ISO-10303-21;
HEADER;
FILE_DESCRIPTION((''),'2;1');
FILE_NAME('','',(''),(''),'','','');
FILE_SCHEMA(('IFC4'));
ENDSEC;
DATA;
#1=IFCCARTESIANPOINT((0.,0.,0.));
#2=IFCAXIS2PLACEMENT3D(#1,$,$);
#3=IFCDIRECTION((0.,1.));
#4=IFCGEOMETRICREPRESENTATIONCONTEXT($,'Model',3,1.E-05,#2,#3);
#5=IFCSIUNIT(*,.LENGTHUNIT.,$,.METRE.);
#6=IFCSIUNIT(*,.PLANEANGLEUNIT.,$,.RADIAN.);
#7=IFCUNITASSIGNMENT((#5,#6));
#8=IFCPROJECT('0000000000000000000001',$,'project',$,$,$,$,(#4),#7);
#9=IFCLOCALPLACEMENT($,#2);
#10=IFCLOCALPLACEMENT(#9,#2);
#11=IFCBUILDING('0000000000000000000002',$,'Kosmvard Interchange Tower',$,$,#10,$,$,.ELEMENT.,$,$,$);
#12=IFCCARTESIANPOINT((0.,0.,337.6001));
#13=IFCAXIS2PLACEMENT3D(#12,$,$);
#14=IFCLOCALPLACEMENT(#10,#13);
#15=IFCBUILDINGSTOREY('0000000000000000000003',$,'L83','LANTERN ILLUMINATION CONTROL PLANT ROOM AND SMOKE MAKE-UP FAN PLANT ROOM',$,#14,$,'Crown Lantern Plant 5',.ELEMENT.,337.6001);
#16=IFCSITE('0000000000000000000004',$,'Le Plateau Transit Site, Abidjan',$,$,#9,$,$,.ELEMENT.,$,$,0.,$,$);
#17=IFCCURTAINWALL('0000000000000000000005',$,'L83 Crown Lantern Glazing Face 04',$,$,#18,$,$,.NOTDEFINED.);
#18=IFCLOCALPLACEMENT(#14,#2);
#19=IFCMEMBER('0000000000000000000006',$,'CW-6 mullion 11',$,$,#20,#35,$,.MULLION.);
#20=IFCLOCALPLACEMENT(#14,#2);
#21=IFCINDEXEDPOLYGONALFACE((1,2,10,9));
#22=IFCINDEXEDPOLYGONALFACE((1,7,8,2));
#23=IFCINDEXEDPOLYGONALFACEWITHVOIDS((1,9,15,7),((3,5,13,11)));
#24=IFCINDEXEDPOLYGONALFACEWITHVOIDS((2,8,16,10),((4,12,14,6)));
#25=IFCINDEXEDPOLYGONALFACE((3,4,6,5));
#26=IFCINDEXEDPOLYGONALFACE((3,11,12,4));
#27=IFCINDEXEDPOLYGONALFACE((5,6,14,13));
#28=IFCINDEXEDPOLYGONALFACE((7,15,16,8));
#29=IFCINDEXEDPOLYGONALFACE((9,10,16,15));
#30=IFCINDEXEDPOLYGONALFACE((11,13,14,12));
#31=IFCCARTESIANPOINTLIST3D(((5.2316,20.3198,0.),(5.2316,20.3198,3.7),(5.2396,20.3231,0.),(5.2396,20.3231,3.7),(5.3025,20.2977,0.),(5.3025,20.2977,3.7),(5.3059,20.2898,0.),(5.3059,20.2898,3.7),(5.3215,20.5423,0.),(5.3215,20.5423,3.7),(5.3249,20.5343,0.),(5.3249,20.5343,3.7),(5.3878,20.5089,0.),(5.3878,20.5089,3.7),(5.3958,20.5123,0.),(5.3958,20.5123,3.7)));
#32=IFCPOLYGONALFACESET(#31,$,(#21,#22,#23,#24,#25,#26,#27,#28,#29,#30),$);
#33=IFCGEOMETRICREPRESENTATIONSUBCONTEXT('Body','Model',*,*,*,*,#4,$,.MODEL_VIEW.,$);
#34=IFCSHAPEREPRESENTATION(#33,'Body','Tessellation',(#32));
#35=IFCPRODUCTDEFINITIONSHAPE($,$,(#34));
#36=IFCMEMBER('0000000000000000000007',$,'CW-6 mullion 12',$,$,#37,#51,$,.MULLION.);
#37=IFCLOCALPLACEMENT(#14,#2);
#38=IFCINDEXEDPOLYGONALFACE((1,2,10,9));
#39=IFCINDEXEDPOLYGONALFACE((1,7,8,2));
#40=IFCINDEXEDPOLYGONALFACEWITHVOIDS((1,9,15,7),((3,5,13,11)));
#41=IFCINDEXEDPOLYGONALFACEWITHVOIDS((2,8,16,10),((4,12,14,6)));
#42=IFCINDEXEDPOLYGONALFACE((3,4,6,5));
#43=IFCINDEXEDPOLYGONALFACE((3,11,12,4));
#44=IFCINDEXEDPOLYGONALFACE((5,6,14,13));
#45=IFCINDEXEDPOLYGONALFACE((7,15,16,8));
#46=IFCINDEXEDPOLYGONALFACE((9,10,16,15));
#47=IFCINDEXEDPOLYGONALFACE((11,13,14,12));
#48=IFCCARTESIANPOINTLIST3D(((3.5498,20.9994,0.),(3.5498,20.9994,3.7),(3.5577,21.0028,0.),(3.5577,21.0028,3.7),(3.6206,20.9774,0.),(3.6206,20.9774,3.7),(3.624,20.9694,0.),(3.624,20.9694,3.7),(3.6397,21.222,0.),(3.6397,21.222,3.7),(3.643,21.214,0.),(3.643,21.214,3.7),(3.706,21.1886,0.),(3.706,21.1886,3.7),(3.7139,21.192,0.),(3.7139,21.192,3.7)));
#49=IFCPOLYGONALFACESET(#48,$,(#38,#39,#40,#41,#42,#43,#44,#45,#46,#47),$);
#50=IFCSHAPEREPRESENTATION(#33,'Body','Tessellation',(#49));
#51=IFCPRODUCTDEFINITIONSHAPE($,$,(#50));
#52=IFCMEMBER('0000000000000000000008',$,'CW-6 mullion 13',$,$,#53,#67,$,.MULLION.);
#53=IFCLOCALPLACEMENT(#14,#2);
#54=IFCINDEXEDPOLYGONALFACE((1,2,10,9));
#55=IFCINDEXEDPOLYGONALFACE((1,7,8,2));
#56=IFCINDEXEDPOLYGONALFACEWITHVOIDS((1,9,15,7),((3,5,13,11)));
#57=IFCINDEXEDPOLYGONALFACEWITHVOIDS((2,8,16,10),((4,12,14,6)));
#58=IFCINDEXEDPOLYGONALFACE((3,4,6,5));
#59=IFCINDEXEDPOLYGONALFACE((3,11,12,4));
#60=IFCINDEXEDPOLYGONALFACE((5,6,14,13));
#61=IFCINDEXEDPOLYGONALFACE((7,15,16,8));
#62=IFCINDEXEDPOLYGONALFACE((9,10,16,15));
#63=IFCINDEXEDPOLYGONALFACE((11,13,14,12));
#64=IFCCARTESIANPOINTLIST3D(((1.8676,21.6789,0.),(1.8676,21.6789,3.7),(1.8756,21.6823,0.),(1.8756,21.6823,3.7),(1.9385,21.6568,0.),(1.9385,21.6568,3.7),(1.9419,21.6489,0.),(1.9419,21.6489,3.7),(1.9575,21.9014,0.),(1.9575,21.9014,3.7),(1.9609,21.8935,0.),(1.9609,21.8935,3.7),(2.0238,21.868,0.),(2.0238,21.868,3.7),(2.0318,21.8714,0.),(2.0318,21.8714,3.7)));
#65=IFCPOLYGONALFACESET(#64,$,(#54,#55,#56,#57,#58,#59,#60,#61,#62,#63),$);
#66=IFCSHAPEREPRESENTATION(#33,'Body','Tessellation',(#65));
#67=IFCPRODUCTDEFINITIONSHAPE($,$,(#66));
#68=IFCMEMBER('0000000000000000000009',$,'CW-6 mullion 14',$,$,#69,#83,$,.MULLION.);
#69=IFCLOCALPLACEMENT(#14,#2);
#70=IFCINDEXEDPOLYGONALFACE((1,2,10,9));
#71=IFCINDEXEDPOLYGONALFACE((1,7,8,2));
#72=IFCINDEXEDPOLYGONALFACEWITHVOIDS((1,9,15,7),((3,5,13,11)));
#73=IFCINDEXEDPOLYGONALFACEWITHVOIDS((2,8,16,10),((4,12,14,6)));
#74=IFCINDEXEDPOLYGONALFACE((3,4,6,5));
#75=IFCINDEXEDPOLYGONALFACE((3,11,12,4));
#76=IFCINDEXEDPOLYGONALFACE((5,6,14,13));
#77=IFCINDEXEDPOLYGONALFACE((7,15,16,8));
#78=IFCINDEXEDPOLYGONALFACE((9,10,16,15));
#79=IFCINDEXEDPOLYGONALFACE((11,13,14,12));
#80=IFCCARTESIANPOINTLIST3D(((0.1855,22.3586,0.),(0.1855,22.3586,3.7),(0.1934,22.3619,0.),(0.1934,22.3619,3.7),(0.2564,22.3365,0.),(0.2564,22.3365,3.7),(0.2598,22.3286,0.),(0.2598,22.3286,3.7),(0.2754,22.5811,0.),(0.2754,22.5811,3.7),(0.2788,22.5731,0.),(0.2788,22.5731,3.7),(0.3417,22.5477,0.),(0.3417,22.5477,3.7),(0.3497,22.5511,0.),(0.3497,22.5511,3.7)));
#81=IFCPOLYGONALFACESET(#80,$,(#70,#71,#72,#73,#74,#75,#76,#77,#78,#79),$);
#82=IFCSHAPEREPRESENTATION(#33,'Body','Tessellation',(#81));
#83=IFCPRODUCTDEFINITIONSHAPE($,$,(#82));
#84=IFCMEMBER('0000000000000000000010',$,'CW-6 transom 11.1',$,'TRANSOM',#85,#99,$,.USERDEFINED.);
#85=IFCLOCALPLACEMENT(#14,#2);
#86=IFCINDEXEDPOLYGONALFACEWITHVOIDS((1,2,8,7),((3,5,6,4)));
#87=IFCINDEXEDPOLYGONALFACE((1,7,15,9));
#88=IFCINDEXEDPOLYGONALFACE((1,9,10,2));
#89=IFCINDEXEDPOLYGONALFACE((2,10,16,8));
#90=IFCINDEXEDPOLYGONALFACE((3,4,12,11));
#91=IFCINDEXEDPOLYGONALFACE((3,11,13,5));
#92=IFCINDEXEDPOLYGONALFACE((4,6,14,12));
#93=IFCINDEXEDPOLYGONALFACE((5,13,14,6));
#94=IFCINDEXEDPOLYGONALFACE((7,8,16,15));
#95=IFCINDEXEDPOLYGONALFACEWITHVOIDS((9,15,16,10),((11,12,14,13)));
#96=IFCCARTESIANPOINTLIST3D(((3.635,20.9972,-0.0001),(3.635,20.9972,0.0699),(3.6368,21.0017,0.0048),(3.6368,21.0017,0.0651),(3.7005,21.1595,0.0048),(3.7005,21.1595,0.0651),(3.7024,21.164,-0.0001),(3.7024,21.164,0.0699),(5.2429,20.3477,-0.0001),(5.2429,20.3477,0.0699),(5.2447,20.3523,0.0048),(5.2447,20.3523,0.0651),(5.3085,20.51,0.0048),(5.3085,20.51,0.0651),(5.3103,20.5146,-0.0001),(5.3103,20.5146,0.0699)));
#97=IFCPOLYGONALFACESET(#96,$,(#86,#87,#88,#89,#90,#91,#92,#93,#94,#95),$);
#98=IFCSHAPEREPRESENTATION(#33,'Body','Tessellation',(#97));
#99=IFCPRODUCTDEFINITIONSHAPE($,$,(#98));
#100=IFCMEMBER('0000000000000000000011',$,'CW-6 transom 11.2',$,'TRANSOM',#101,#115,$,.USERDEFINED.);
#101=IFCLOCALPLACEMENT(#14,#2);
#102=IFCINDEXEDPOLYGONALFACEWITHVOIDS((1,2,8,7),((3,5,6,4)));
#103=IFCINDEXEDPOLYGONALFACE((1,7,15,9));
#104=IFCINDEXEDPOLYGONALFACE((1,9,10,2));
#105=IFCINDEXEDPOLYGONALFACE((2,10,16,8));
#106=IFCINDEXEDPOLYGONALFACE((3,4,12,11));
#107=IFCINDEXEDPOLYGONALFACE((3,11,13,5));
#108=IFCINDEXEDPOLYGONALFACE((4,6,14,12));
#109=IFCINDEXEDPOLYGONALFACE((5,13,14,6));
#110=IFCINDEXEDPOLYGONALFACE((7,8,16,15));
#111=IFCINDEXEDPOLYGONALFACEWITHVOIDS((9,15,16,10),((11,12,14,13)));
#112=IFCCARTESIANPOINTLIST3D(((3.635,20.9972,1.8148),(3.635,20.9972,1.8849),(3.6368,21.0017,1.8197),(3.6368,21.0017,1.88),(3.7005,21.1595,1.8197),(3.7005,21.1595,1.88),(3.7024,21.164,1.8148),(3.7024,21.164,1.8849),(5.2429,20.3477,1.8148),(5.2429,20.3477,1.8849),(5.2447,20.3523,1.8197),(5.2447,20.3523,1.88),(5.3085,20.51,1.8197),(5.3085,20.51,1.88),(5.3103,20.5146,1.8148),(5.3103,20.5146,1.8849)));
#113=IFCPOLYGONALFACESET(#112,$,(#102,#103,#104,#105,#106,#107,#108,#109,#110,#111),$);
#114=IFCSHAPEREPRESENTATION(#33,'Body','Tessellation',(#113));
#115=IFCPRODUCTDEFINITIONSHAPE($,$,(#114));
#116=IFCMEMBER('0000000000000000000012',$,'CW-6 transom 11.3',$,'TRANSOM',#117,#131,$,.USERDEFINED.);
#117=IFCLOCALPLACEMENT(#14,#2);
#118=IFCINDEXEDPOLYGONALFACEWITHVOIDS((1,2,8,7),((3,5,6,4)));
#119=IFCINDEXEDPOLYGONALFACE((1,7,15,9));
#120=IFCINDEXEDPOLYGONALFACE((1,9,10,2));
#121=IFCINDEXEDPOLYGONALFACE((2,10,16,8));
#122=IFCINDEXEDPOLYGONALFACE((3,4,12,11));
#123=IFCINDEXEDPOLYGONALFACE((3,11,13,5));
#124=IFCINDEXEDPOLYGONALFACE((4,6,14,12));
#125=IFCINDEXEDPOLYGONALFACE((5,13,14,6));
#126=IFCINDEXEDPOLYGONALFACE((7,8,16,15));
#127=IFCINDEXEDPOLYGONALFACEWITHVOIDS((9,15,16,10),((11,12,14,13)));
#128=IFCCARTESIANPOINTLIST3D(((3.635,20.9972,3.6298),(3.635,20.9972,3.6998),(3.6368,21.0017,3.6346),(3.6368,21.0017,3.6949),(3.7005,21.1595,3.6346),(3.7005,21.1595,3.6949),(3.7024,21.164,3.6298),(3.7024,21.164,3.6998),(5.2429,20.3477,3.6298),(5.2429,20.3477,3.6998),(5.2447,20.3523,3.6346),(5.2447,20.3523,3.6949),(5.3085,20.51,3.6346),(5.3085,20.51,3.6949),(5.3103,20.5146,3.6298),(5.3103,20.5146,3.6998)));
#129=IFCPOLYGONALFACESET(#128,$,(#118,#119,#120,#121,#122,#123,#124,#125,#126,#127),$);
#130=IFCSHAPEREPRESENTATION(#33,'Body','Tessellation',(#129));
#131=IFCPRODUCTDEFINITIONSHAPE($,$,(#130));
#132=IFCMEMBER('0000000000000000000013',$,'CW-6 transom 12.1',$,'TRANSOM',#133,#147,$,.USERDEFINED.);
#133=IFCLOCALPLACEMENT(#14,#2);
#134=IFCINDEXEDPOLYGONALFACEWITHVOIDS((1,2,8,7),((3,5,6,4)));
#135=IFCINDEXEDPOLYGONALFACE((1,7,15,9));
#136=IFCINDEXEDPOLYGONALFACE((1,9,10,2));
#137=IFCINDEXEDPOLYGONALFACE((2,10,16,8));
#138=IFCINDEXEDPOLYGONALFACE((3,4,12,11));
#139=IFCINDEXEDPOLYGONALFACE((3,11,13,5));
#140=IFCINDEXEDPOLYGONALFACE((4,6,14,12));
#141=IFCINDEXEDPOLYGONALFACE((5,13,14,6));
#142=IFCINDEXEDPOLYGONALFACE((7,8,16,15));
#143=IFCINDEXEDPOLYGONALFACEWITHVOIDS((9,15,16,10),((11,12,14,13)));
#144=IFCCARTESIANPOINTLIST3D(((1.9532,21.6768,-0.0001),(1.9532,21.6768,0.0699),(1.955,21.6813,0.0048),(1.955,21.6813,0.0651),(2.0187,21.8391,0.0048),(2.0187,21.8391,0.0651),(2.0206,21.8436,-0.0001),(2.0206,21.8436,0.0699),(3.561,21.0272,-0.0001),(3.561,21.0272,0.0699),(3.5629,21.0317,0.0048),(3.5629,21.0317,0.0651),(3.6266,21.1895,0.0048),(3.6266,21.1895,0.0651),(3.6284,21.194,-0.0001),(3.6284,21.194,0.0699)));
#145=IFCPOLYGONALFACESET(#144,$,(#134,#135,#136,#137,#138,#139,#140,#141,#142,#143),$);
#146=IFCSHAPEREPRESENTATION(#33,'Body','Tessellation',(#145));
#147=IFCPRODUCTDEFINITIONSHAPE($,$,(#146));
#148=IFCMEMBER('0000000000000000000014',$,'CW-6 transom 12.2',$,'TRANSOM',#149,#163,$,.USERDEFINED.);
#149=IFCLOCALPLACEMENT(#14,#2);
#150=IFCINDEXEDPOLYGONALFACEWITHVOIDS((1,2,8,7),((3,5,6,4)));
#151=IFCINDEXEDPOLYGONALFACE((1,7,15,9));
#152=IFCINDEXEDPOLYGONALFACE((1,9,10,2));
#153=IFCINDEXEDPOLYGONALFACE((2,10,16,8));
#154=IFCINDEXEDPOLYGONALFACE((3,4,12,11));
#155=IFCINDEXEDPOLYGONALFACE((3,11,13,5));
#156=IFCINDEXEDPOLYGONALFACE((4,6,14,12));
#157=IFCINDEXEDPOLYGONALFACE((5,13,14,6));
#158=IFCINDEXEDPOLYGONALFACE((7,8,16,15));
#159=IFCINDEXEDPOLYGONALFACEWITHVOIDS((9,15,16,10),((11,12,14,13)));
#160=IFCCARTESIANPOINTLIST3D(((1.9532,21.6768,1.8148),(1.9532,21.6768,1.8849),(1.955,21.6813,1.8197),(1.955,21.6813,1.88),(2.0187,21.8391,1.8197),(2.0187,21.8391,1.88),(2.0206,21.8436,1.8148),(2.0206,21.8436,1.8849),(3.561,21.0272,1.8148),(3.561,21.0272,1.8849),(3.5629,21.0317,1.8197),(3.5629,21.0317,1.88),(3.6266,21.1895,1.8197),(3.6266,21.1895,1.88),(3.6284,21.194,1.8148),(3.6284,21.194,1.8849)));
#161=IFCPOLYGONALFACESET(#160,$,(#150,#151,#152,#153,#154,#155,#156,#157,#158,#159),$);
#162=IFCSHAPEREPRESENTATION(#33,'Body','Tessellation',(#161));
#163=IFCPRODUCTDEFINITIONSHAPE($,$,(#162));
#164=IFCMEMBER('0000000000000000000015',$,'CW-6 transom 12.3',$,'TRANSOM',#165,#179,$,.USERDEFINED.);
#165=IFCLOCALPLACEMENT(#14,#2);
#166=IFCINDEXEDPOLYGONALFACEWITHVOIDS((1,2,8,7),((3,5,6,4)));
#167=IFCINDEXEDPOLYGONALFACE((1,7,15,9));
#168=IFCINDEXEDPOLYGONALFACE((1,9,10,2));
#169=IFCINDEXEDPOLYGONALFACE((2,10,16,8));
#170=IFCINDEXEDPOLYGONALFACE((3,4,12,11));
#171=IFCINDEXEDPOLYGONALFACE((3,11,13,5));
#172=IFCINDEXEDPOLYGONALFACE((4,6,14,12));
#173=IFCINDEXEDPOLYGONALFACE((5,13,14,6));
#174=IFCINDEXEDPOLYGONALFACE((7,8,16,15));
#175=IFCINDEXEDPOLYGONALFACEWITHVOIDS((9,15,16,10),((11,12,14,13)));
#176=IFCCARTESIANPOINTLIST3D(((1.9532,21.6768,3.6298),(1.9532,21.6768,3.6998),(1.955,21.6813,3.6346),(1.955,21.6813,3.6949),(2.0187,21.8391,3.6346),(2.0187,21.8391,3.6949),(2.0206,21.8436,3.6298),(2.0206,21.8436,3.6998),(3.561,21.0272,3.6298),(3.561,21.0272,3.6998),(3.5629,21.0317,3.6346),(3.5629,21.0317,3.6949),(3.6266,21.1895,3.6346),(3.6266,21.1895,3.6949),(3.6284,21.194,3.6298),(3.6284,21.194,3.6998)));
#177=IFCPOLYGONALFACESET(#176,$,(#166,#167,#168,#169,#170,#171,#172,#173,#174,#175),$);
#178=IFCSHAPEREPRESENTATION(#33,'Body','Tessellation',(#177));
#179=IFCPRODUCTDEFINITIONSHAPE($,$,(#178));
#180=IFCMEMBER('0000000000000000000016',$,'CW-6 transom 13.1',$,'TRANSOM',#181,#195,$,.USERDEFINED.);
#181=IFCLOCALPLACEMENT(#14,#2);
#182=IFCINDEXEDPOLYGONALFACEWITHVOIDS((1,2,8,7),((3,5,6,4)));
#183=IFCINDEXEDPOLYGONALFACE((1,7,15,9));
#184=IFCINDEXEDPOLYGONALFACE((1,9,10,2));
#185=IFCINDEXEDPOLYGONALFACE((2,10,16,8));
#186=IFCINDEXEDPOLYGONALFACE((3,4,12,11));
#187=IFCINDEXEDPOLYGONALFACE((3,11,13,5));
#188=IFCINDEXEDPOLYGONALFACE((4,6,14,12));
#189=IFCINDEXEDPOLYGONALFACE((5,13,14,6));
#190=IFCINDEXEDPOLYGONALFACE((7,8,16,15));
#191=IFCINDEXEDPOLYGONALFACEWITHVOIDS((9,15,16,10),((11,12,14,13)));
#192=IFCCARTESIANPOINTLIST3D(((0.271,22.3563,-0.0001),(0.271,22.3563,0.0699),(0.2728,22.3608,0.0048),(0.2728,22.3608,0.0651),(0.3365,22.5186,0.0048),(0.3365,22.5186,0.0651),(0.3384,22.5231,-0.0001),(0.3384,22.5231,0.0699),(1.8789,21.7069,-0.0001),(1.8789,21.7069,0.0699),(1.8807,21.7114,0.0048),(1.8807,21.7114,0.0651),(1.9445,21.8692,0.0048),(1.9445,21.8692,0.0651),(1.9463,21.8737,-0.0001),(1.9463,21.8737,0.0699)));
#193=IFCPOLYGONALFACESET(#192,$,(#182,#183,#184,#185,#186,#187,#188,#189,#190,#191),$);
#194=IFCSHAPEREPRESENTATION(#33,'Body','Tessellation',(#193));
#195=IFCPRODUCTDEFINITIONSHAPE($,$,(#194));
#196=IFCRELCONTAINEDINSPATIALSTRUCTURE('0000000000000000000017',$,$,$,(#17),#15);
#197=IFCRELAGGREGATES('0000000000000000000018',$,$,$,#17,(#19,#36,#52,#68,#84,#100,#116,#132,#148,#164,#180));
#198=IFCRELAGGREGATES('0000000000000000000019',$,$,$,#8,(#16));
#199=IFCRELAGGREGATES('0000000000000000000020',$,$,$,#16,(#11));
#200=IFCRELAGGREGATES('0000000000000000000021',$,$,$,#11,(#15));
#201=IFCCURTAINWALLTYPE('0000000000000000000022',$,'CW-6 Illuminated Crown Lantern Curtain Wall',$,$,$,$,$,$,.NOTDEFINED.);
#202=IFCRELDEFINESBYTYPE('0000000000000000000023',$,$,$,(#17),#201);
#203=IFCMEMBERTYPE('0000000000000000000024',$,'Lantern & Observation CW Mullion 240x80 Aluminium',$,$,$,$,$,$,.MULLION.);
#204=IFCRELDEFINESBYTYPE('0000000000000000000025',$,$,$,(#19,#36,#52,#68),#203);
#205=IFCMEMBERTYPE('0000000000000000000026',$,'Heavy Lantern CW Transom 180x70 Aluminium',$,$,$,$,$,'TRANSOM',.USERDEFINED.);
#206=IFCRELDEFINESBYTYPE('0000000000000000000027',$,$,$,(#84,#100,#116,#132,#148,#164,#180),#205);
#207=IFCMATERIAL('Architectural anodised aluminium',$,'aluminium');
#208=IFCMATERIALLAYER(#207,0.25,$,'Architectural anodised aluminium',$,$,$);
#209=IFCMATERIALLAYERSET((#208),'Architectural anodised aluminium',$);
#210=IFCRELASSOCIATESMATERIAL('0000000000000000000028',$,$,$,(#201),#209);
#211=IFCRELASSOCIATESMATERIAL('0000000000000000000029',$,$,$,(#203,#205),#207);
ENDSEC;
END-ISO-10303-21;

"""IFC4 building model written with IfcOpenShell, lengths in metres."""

from ifc_helpers import new_model, si_unit, direction, frame, origin, origin_2d, place, context, subcontext, project, spatial, hollow_rectangle, extrude, source, transform, mapped, material, layer, layer_set, material_profile, profile_set, type_object, element, aggregate, save


model = new_model("IFC4")

# Units and contexts
model_context = context("Model", 3, precision=1e-05, world=origin(), true_north=direction((0.0, 1.0)))
body_context = subcontext(model_context, "Body", "Model", "MODEL_VIEW")
ifc_project = project(units=[si_unit("LENGTHUNIT", "METRE"), si_unit("PLANEANGLEUNIT", "RADIAN")], contexts=[model_context])

# Site, building, storey
site_placement = place(None, origin())
site = spatial("IfcSite", under=ifc_project, at=site_placement, Name="Le Plateau Transit Site, Abidjan", CompositionType="ELEMENT", RefElevation=0.0)
building_placement = place(site_placement, origin())
building = spatial("IfcBuilding", under=site, at=building_placement, Name="Kosmvard Interchange Tower", CompositionType="ELEMENT")
storey_placement = place(building_placement, frame((0.0, 0.0, 337.6001)))
storey = spatial("IfcBuildingStorey", under=building, at=storey_placement, Name="L83", Description="LANTERN ILLUMINATION CONTROL PLANT ROOM AND SMOKE MAKE-UP FAN PLANT ROOM", LongName="Crown Lantern Plant 5", CompositionType="ELEMENT", Elevation=337.6001)

# Curtain wall, members
ifc_material_1 = material(Name="Architectural anodised aluminium", Category="aluminium")
ifc_layer_1 = layer(ifc_material_1, 0.25, Name="Architectural anodised aluminium")
ifc_layer_set_1 = layer_set([ifc_layer_1], Name="Architectural anodised aluminium")
curtain_wall_type = type_object("IfcCurtainWallType", Name="CW-6 Illuminated Crown Lantern Curtain Wall", PredefinedType="NOTDEFINED", material=ifc_layer_set_1)
curtain_wall_placement = place(storey_placement, origin())
curtain_wall = element("IfcCurtainWall", 1, at=curtain_wall_placement, inside=storey, type_object=curtain_wall_type, Name="L83 Crown Lantern Glazing Face 04", PredefinedType="NOTDEFINED")
ifc_material_profile_1 = material_profile(ifc_material_1, hollow_rectangle(XDim=0.24, YDim=0.0801, WallThickness=0.0061, at=origin_2d()), Name="CWM 240x80x6")
ifc_profile_set_1 = profile_set([ifc_material_profile_1], Name="Architectural anodised aluminium")
member_type_1 = type_object("IfcMemberType", Name="Lantern & Observation CW Mullion 240x80 Aluminium", PredefinedType="MULLION", material=ifc_profile_set_1)
shared_shape_1 = source(origin(), body_context, "Body", "SweptSolid", [
    extrude(hollow_rectangle(XDim=0.24, YDim=0.0801, WallThickness=0.0061, at=origin_2d()), origin(), (0.0, 0.0, 1.0), 3.7),
])
member_1_placement = place(storey_placement, frame((5.3137, 20.416, 0.0), z_axis=(0.0, 0.0, 1.0), x_axis=(-0.374607, -0.927184, 0.0)))
member_1 = element("IfcMember", 2, at=member_1_placement, type_object=member_type_1, Name="CW-6 mullion 11", PredefinedType="MULLION", context=body_context, shape_type="MappedRepresentation", body=[
    mapped(shared_shape_1, transform((0.0, 0.0, 0.0), scale=1.0)),
])
member_2_placement = place(storey_placement, frame((3.6318, 21.0957, 0.0), z_axis=(0.0, 0.0, 1.0), x_axis=(-0.374607, -0.927184, 0.0)))
member_2 = element("IfcMember", 3, at=member_2_placement, type_object=member_type_1, Name="CW-6 mullion 12", PredefinedType="MULLION", context=body_context, shape_type="MappedRepresentation", body=[
    mapped(shared_shape_1, transform((0.0, 0.0, 0.0), scale=1.0)),
])
member_3_placement = place(storey_placement, frame((1.9497, 21.7751, 0.0), z_axis=(0.0, 0.0, 1.0), x_axis=(-0.374607, -0.927184, 0.0)))
member_3 = element("IfcMember", 4, at=member_3_placement, type_object=member_type_1, Name="CW-6 mullion 13", PredefinedType="MULLION", context=body_context, shape_type="MappedRepresentation", body=[
    mapped(shared_shape_1, transform((0.0, 0.0, 0.0), scale=1.0)),
])
member_4_placement = place(storey_placement, frame((0.2676, 22.4548, 0.0), z_axis=(0.0, 0.0, 1.0), x_axis=(-0.374607, -0.927184, 0.0)))
member_4 = element("IfcMember", 5, at=member_4_placement, type_object=member_type_1, Name="CW-6 mullion 14", PredefinedType="MULLION", context=body_context, shape_type="MappedRepresentation", body=[
    mapped(shared_shape_1, transform((0.0, 0.0, 0.0), scale=1.0)),
])
ifc_material_profile_2 = material_profile(ifc_material_1, hollow_rectangle(XDim=0.1799, YDim=0.0701, WallThickness=0.0049, at=origin_2d()), Name="CWT 180x70x5")
ifc_profile_set_2 = profile_set([ifc_material_profile_2], Name="Architectural anodised aluminium")
member_type_2 = type_object("IfcMemberType", Name="Heavy Lantern CW Transom 180x70 Aluminium", ElementType="TRANSOM", PredefinedType="USERDEFINED", material=ifc_profile_set_2)
shared_shape_2 = source(origin(), body_context, "Body", "SweptSolid", [
    extrude(hollow_rectangle(XDim=0.1799, YDim=0.0701, WallThickness=0.0049, at=origin_2d()), origin(), (0.0, 0.0, 1.0), 1.7341),
])
member_5_placement = place(storey_placement, frame((5.2766, 20.4312, 0.0349), z_axis=(-0.927229, 0.374496, 0.0), x_axis=(-0.374496, -0.927229, 0.0)))
member_5 = element("IfcMember", 6, at=member_5_placement, type_object=member_type_2, Name="CW-6 transom 11.1", ObjectType="TRANSOM", PredefinedType="USERDEFINED", context=body_context, shape_type="MappedRepresentation", body=[
    mapped(shared_shape_2, transform((0.0, 0.0, 0.0), scale=1.0)),
])
member_6_placement = place(storey_placement, frame((5.2766, 20.4312, 1.8499), z_axis=(-0.927229, 0.374496, 0.0), x_axis=(-0.374496, -0.927229, 0.0)))
member_6 = element("IfcMember", 7, at=member_6_placement, type_object=member_type_2, Name="CW-6 transom 11.2", ObjectType="TRANSOM", PredefinedType="USERDEFINED", context=body_context, shape_type="MappedRepresentation", body=[
    mapped(shared_shape_2, transform((0.0, 0.0, 0.0), scale=1.0)),
])
member_7_placement = place(storey_placement, frame((5.2766, 20.4312, 3.6648), z_axis=(-0.927229, 0.374496, 0.0), x_axis=(-0.374496, -0.927229, 0.0)))
member_7 = element("IfcMember", 8, at=member_7_placement, type_object=member_type_2, Name="CW-6 transom 11.3", ObjectType="TRANSOM", PredefinedType="USERDEFINED", context=body_context, shape_type="MappedRepresentation", body=[
    mapped(shared_shape_2, transform((0.0, 0.0, 0.0), scale=1.0)),
])
member_8_placement = place(storey_placement, frame((3.5947, 21.1106, 0.0349), z_axis=(-0.92718, 0.374617, 0.0), x_axis=(-0.374617, -0.92718, 0.0)))
member_8 = element("IfcMember", 9, at=member_8_placement, type_object=member_type_2, Name="CW-6 transom 12.1", ObjectType="TRANSOM", PredefinedType="USERDEFINED", context=body_context, shape_type="MappedRepresentation", body=[
    mapped(shared_shape_2, transform((0.0, 0.0, 0.0), scale=1.0)),
])
member_9_placement = place(storey_placement, frame((3.5947, 21.1106, 1.8499), z_axis=(-0.92718, 0.374617, 0.0), x_axis=(-0.374617, -0.92718, 0.0)))
member_9 = element("IfcMember", 10, at=member_9_placement, type_object=member_type_2, Name="CW-6 transom 12.2", ObjectType="TRANSOM", PredefinedType="USERDEFINED", context=body_context, shape_type="MappedRepresentation", body=[
    mapped(shared_shape_2, transform((0.0, 0.0, 0.0), scale=1.0)),
])
member_10_placement = place(storey_placement, frame((3.5947, 21.1106, 3.6648), z_axis=(-0.92718, 0.374617, 0.0), x_axis=(-0.374617, -0.92718, 0.0)))
member_10 = element("IfcMember", 11, at=member_10_placement, type_object=member_type_2, Name="CW-6 transom 12.3", ObjectType="TRANSOM", PredefinedType="USERDEFINED", context=body_context, shape_type="MappedRepresentation", body=[
    mapped(shared_shape_2, transform((0.0, 0.0, 0.0), scale=1.0)),
])
member_11_placement = place(storey_placement, frame((1.9126, 21.7903, 0.0349), z_axis=(-0.927229, 0.374496, 0.0), x_axis=(-0.374496, -0.927229, 0.0)))
member_11 = element("IfcMember", 12, at=member_11_placement, type_object=member_type_2, Name="CW-6 transom 13.1", ObjectType="TRANSOM", PredefinedType="USERDEFINED", context=body_context, shape_type="MappedRepresentation", body=[
    mapped(shared_shape_2, transform((0.0, 0.0, 0.0), scale=1.0)),
])
aggregate(curtain_wall, [member_1, member_2, member_3, member_4, member_5, member_6, member_7, member_8, member_9, member_10, member_11])

save(model, "model.ifc")
